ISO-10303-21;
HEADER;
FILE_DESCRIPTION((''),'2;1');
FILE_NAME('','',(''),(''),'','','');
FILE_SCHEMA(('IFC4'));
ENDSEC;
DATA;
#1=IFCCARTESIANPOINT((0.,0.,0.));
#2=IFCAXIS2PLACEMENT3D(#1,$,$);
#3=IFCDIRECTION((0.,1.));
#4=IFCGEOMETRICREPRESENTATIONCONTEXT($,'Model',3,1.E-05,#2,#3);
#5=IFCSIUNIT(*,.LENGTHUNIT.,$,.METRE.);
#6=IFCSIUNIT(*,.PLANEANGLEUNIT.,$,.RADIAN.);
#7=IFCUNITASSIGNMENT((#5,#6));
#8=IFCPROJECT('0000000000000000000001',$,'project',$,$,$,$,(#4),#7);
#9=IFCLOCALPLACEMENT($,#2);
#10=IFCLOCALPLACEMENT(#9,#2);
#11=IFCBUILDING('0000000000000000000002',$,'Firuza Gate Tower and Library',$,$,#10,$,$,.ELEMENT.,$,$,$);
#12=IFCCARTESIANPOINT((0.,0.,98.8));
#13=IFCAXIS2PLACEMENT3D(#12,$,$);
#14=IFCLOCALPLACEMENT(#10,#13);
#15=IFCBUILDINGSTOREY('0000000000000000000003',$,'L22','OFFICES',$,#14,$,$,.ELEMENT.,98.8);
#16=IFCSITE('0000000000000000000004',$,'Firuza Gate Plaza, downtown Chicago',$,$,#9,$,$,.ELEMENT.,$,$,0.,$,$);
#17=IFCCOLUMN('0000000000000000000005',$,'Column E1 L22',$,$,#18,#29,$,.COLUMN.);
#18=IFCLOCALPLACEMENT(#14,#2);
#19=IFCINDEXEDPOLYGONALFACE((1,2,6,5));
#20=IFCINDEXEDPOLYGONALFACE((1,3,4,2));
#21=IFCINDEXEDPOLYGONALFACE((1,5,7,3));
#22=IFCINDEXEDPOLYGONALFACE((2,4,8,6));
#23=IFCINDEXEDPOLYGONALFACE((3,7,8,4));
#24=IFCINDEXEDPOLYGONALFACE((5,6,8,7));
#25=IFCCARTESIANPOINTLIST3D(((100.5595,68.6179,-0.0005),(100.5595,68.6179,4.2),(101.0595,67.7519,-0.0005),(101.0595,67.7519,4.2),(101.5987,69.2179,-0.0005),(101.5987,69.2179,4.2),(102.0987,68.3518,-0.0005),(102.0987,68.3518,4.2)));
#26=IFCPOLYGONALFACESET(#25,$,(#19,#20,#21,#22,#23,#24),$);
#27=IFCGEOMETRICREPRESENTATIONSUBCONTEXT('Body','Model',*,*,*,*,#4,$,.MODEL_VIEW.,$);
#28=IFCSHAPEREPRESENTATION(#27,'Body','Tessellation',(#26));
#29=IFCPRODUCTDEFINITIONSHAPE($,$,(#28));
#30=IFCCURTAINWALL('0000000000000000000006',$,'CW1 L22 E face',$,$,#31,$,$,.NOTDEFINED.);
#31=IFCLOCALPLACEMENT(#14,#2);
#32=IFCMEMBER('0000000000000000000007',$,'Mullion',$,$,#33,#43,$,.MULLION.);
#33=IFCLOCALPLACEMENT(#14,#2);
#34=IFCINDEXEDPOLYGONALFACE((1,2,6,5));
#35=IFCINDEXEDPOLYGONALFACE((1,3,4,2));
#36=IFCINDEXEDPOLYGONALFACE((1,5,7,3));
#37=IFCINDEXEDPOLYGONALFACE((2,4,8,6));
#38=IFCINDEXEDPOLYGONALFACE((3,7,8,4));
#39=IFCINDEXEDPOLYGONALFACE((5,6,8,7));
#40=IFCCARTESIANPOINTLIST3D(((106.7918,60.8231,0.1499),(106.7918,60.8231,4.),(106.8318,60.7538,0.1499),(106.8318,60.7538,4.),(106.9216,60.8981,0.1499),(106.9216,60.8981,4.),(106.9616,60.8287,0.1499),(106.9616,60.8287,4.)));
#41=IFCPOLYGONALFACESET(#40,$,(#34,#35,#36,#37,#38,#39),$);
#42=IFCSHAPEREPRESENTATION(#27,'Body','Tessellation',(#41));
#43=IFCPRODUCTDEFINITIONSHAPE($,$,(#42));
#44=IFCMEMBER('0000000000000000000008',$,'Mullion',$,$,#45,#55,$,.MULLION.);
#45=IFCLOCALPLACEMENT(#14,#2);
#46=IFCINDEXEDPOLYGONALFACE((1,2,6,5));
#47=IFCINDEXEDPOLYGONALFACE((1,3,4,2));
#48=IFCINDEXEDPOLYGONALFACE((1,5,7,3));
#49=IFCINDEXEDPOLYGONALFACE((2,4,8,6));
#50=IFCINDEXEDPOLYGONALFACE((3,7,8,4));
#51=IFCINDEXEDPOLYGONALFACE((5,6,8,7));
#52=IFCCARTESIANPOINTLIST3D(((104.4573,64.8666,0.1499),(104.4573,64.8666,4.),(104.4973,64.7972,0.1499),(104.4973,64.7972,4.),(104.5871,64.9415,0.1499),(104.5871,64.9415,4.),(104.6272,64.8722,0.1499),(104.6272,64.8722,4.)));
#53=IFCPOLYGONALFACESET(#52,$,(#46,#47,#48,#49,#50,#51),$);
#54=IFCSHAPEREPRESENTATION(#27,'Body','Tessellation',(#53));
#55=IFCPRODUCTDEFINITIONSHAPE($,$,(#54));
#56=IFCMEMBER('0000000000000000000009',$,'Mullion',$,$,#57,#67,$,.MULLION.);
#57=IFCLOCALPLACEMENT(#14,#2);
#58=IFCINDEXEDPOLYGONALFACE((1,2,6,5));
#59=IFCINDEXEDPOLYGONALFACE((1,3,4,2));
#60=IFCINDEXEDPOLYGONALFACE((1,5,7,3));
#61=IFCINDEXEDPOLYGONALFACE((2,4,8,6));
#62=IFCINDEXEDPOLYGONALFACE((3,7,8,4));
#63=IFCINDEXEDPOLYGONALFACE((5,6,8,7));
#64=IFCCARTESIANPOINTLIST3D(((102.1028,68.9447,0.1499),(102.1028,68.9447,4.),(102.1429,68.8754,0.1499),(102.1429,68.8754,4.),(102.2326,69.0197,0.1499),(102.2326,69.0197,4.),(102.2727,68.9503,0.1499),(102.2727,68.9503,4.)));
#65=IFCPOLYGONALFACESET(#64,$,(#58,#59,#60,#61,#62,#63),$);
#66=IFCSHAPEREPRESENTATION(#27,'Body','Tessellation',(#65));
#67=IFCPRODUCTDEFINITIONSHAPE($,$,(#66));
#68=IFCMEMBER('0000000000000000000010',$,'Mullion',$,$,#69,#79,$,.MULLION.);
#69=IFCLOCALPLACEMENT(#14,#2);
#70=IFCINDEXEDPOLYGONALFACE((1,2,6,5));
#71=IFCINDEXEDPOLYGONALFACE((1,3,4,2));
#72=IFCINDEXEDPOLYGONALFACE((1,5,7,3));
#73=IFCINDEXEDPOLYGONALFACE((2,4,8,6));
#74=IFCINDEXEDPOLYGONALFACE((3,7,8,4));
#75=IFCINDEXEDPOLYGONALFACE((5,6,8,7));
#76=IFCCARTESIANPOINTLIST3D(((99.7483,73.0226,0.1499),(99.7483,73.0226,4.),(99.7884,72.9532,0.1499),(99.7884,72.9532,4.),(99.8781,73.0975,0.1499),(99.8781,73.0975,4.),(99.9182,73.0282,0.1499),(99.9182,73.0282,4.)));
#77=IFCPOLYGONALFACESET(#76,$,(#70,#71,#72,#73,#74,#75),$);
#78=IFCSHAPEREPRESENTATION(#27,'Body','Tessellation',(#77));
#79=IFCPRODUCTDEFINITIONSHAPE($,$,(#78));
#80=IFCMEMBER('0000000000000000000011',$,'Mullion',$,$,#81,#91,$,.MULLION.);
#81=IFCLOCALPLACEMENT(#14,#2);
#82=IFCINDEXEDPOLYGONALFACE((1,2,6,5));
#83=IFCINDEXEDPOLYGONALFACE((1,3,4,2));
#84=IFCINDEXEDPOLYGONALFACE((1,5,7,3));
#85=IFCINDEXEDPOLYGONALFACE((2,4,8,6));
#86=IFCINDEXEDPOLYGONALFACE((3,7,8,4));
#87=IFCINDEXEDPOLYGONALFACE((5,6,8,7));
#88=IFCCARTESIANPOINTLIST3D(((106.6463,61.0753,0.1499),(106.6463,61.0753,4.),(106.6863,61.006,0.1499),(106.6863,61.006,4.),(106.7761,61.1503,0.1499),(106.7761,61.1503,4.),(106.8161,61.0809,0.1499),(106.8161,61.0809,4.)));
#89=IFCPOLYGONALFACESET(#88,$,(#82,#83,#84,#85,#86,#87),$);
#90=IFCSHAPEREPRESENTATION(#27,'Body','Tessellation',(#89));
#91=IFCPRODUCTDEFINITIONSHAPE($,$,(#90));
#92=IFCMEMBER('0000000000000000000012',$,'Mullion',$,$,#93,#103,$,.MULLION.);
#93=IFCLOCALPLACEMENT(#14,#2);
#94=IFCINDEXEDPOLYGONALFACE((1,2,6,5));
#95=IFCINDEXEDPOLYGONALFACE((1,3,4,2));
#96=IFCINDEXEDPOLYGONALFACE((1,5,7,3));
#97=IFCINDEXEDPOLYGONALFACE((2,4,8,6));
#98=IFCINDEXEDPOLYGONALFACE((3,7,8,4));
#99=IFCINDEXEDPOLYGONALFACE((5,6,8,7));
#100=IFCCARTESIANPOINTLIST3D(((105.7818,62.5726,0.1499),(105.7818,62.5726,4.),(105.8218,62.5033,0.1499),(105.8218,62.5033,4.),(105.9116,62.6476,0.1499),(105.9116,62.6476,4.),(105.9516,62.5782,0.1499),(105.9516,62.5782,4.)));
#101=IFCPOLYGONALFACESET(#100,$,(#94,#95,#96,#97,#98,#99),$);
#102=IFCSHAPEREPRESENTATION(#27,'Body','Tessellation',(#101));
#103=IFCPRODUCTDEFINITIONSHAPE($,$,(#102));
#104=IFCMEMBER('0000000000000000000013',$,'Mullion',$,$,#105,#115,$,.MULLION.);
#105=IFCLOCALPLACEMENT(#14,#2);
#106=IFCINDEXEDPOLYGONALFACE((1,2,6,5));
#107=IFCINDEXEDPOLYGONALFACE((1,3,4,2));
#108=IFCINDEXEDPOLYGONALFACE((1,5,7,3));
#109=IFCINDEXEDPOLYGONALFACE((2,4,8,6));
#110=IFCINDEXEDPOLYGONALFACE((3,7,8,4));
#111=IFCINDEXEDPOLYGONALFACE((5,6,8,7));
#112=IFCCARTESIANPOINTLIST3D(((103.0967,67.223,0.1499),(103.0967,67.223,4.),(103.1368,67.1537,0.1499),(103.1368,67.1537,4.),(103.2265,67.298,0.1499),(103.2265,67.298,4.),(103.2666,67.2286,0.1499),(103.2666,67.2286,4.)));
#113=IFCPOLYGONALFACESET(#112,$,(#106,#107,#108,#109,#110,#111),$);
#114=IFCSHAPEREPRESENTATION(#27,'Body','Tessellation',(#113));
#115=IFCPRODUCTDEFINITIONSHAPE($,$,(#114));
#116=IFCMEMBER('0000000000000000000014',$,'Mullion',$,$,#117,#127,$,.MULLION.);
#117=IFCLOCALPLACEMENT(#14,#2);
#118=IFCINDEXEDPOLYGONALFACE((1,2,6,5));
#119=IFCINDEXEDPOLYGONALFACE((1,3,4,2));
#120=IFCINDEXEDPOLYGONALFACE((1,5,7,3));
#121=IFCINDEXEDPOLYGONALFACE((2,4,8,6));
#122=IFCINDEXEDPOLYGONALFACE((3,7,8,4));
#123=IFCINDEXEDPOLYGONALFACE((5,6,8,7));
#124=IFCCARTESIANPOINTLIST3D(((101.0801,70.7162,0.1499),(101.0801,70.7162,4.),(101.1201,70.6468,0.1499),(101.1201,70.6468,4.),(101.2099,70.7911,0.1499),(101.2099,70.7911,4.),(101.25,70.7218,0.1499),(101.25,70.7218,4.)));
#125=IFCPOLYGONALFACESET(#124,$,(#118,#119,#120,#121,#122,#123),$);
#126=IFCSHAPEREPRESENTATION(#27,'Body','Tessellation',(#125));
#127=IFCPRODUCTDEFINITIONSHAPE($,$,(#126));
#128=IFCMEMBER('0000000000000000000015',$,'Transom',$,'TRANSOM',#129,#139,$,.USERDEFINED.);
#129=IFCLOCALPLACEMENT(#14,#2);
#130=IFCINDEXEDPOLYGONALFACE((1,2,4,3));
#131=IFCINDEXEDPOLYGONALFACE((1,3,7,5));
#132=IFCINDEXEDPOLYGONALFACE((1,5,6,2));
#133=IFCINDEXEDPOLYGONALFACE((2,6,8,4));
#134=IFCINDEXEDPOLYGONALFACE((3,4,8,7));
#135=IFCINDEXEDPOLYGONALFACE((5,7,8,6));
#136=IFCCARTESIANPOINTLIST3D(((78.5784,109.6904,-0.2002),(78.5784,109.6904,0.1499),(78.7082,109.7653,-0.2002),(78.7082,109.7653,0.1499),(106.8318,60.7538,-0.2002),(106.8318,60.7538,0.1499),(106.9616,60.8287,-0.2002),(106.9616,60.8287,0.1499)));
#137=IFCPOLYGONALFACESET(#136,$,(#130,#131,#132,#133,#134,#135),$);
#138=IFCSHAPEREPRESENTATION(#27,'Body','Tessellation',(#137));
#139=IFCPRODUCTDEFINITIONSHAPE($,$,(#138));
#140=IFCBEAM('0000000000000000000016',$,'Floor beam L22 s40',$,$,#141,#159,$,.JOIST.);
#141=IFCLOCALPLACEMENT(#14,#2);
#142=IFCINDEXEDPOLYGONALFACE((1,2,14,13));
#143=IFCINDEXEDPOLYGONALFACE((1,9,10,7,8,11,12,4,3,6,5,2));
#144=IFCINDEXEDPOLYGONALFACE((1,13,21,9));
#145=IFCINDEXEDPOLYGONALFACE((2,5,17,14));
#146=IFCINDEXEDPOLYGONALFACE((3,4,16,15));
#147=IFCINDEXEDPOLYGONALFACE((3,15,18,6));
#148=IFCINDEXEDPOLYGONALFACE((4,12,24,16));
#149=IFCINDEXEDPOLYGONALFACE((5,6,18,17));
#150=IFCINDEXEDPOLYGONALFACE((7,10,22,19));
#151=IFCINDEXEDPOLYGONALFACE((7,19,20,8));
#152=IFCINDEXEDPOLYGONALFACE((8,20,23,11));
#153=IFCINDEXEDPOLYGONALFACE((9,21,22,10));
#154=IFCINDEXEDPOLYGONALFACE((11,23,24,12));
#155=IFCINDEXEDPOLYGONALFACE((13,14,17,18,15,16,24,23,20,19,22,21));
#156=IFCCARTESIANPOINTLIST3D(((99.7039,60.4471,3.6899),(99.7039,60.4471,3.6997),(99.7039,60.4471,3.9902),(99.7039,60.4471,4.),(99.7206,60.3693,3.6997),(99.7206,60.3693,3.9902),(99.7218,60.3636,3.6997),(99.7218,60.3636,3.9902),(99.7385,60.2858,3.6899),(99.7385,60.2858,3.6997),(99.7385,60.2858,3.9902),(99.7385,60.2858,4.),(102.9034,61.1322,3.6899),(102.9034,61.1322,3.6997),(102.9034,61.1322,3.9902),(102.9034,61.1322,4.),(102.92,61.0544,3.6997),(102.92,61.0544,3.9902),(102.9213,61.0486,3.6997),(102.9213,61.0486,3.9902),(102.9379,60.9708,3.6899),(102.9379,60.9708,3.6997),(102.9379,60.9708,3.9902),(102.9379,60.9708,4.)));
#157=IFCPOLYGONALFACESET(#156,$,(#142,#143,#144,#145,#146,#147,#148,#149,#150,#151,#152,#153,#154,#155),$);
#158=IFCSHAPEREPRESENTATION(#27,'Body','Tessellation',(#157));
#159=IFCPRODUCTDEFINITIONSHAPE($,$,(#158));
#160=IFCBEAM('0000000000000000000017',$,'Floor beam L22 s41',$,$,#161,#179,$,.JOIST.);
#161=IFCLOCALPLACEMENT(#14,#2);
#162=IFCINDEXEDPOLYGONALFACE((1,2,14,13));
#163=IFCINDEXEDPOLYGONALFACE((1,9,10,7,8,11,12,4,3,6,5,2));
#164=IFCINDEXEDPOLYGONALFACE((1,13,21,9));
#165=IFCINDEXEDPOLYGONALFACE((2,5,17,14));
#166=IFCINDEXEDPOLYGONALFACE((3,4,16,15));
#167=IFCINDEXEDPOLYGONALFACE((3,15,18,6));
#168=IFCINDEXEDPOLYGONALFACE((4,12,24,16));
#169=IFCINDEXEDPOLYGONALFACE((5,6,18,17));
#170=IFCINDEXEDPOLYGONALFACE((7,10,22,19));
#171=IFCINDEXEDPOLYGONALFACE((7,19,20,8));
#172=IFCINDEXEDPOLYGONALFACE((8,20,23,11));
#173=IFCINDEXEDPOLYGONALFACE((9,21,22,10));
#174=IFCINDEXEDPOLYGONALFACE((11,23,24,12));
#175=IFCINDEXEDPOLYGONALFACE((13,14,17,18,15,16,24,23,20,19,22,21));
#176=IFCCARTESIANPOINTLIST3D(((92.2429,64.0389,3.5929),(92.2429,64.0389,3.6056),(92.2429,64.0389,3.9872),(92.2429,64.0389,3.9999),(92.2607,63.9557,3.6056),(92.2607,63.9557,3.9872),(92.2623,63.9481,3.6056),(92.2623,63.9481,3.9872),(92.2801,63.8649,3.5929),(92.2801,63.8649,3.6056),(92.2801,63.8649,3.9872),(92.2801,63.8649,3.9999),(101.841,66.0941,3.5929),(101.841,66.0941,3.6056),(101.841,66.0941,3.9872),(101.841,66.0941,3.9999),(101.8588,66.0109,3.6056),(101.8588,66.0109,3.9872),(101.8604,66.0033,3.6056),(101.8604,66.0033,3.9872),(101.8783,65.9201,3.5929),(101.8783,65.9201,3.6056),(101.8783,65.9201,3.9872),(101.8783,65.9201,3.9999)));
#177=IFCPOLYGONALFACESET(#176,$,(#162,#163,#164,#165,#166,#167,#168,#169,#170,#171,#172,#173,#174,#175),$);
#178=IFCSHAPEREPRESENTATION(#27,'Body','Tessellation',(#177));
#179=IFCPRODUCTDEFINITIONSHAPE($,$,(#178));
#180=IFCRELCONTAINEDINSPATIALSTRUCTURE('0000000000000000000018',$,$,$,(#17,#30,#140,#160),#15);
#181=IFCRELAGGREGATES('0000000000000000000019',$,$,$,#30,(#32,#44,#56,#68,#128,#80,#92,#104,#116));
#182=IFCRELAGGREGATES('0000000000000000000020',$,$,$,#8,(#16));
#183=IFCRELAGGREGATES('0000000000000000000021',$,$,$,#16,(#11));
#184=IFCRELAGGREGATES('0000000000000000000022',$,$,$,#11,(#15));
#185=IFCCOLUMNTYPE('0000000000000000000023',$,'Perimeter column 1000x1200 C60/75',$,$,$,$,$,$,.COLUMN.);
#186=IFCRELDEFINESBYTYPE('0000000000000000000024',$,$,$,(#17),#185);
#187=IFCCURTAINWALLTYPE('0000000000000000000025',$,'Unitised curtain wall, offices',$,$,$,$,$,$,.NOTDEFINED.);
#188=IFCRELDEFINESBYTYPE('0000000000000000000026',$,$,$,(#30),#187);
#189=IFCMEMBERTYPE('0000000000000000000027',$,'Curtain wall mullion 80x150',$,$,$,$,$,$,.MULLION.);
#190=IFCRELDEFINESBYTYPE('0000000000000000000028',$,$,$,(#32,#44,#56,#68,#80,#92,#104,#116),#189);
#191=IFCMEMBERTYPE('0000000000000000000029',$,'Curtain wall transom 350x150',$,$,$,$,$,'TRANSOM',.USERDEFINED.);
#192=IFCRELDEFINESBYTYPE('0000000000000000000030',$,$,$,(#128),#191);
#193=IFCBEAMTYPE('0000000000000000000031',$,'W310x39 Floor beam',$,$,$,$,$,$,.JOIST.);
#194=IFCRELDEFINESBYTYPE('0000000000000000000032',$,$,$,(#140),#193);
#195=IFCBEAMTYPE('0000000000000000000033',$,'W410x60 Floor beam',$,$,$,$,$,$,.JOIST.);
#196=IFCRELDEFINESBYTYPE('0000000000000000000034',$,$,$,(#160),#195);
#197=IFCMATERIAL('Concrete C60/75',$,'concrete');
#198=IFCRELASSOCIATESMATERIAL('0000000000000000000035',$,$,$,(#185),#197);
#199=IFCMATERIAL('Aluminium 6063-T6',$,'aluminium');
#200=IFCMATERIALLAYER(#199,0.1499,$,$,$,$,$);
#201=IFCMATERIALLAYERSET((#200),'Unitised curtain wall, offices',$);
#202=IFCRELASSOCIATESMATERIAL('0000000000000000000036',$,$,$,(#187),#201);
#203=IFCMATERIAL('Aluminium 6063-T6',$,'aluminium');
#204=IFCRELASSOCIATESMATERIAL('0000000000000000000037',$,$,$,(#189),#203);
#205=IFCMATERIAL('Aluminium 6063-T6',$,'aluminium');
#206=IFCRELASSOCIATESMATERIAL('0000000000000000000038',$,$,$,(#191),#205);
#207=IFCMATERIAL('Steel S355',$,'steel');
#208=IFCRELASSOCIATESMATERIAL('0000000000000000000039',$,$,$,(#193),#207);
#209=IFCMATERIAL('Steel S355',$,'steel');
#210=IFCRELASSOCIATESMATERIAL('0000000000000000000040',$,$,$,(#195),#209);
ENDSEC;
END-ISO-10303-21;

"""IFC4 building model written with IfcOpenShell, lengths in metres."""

from ifc_helpers import new_model, si_unit, direction, frame, origin, origin_2d, place, context, subcontext, project, spatial, rectangle, i_section, extrude, material, layer, layer_set, material_profile, profile_set, type_object, element, aggregate, save


model = new_model("IFC4")

# Units and contexts
model_context = context("Model", 3, precision=1e-05, world=origin(), true_north=direction((0.0, 1.0)))
body_context = subcontext(model_context, "Body", "Model", "MODEL_VIEW")
ifc_project = project(units=[si_unit("LENGTHUNIT", "METRE"), si_unit("PLANEANGLEUNIT", "RADIAN")], contexts=[model_context])

# Site, building, storey
site_placement = place(None, origin())
site = spatial("IfcSite", under=ifc_project, at=site_placement, Name="Firuza Gate Plaza, downtown Chicago", CompositionType="ELEMENT", RefElevation=0.0)
building_placement = place(site_placement, origin())
building = spatial("IfcBuilding", under=site, at=building_placement, Name="Firuza Gate Tower and Library", CompositionType="ELEMENT")
storey_placement = place(building_placement, frame((0.0, 0.0, 98.8)))
storey = spatial("IfcBuildingStorey", under=building, at=storey_placement, Name="L22", Description="OFFICES", CompositionType="ELEMENT", Elevation=98.8)

# Column
ifc_material_1 = material(Name="Concrete C60/75", Category="concrete")
ifc_material_profile_1 = material_profile(ifc_material_1, rectangle(XDim=1.0, YDim=1.2, at=origin_2d()))
ifc_profile_set_1 = profile_set([ifc_material_profile_1], Name="Concrete C60/75")
column_type = type_object("IfcColumnType", Name="Perimeter column 1000x1200 C60/75", PredefinedType="COLUMN", material=ifc_profile_set_1)
column_placement = place(storey_placement, frame((101.3291, 68.4849, -0.0005), z_axis=(0.0, 0.0, 1.0), x_axis=(-0.5, 0.866025, 0.0)))
element("IfcColumn", 1, at=column_placement, inside=storey, type_object=column_type, Name="Column E1 L22", PredefinedType="COLUMN", context=body_context, shape_type="SweptSolid", body=[
    extrude(rectangle(XDim=1.0, YDim=1.2, at=origin_2d()), origin(), (0.0, 0.0, 1.0), 4.2004),
])

# Curtain wall, members
ifc_material_2 = material(Name="Aluminium 6063-T6", Category="aluminium")
ifc_layer_1 = layer(ifc_material_2, 0.1499)
ifc_layer_set_1 = layer_set([ifc_layer_1], Name="Unitised curtain wall, offices")
curtain_wall_type = type_object("IfcCurtainWallType", Name="Unitised curtain wall, offices", PredefinedType="NOTDEFINED", material=ifc_layer_set_1)
curtain_wall_placement = place(storey_placement, origin())
curtain_wall = element("IfcCurtainWall", 2, at=curtain_wall_placement, inside=storey, type_object=curtain_wall_type, Name="CW1 L22 E face", PredefinedType="NOTDEFINED")
ifc_material_3 = material(Name="Aluminium 6063-T6", Category="aluminium")
ifc_material_profile_2 = material_profile(ifc_material_3, rectangle(XDim=0.1499, YDim=0.0801, at=origin_2d()))
ifc_profile_set_2 = profile_set([ifc_material_profile_2], Name="Aluminium 6063-T6")
member_type_1 = type_object("IfcMemberType", Name="Curtain wall mullion 80x150", PredefinedType="MULLION", material=ifc_profile_set_2)
member_1_placement = place(storey_placement, frame((106.8767, 60.8259, 0.1499), z_axis=(0.0, 0.0, 1.0), x_axis=(-0.866025, -0.5, 0.0)))
member_1 = element("IfcMember", 3, at=member_1_placement, type_object=member_type_1, Name="Mullion", PredefinedType="MULLION", context=body_context, shape_type="SweptSolid", body=[
    extrude(rectangle(XDim=0.1499, YDim=0.0801, at=origin_2d()), origin(), (0.0, 0.0, 1.0), 3.8501),
])
member_2_placement = place(storey_placement, frame((104.5422, 64.8694, 0.1499), z_axis=(0.0, 0.0, 1.0), x_axis=(-0.866025, -0.5, 0.0)))
member_2 = element("IfcMember", 4, at=member_2_placement, type_object=member_type_1, Name="Mullion", PredefinedType="MULLION", context=body_context, shape_type="SweptSolid", body=[
    extrude(rectangle(XDim=0.1499, YDim=0.0801, at=origin_2d()), origin(), (0.0, 0.0, 1.0), 3.8501),
])
member_3_placement = place(storey_placement, frame((102.1877, 68.9475, 0.1499), z_axis=(0.0, 0.0, 1.0), x_axis=(-0.866025, -0.5, 0.0)))
member_3 = element("IfcMember", 5, at=member_3_placement, type_object=member_type_1, Name="Mullion", PredefinedType="MULLION", context=body_context, shape_type="SweptSolid", body=[
    extrude(rectangle(XDim=0.1499, YDim=0.0801, at=origin_2d()), origin(), (0.0, 0.0, 1.0), 3.8501),
])
member_4_placement = place(storey_placement, frame((99.8333, 73.0254, 0.1499), z_axis=(0.0, 0.0, 1.0), x_axis=(-0.866025, -0.5, 0.0)))
member_4 = element("IfcMember", 6, at=member_4_placement, type_object=member_type_1, Name="Mullion", PredefinedType="MULLION", context=body_context, shape_type="SweptSolid", body=[
    extrude(rectangle(XDim=0.1499, YDim=0.0801, at=origin_2d()), origin(), (0.0, 0.0, 1.0), 3.8501),
])
member_5_placement = place(storey_placement, frame((106.7312, 61.0781, 0.1499), z_axis=(0.0, 0.0, 1.0), x_axis=(-0.866025, -0.5, 0.0)))
member_5 = element("IfcMember", 7, at=member_5_placement, type_object=member_type_1, Name="Mullion", PredefinedType="MULLION", context=body_context, shape_type="SweptSolid", body=[
    extrude(rectangle(XDim=0.1499, YDim=0.0801, at=origin_2d()), origin(), (0.0, 0.0, 1.0), 3.8501),
])
member_6_placement = place(storey_placement, frame((105.8667, 62.5754, 0.1499), z_axis=(0.0, 0.0, 1.0), x_axis=(-0.866025, -0.5, 0.0)))
member_6 = element("IfcMember", 8, at=member_6_placement, type_object=member_type_1, Name="Mullion", PredefinedType="MULLION", context=body_context, shape_type="SweptSolid", body=[
    extrude(rectangle(XDim=0.1499, YDim=0.0801, at=origin_2d()), origin(), (0.0, 0.0, 1.0), 3.8501),
])
member_7_placement = place(storey_placement, frame((103.1816, 67.2258, 0.1499), z_axis=(0.0, 0.0, 1.0), x_axis=(-0.866025, -0.5, 0.0)))
member_7 = element("IfcMember", 9, at=member_7_placement, type_object=member_type_1, Name="Mullion", PredefinedType="MULLION", context=body_context, shape_type="SweptSolid", body=[
    extrude(rectangle(XDim=0.1499, YDim=0.0801, at=origin_2d()), origin(), (0.0, 0.0, 1.0), 3.8501),
])
member_8_placement = place(storey_placement, frame((101.165, 70.719, 0.1499), z_axis=(0.0, 0.0, 1.0), x_axis=(-0.866025, -0.5, 0.0)))
member_8 = element("IfcMember", 10, at=member_8_placement, type_object=member_type_1, Name="Mullion", PredefinedType="MULLION", context=body_context, shape_type="SweptSolid", body=[
    extrude(rectangle(XDim=0.1499, YDim=0.0801, at=origin_2d()), origin(), (0.0, 0.0, 1.0), 3.8501),
])
ifc_material_4 = material(Name="Aluminium 6063-T6", Category="aluminium")
ifc_material_profile_3 = material_profile(ifc_material_4, rectangle(XDim=0.1499, YDim=0.3501, at=origin_2d()))
ifc_profile_set_3 = profile_set([ifc_material_profile_3], Name="Aluminium 6063-T6")
member_type_2 = type_object("IfcMemberType", Name="Curtain wall transom 350x150", ElementType="TRANSOM", PredefinedType="USERDEFINED", material=ifc_profile_set_3)
member_9_placement = place(storey_placement, frame((106.8967, 60.7913, -0.0251), z_axis=(-0.499999, 0.866026, 0.0), x_axis=(-0.866026, -0.499999, 0.0)))
member_9 = element("IfcMember", 11, at=member_9_placement, type_object=member_type_2, Name="Transom", ObjectType="TRANSOM", PredefinedType="USERDEFINED", context=body_context, shape_type="SweptSolid", body=[
    extrude(rectangle(XDim=0.1499, YDim=0.3501, at=origin_2d()), origin(), (0.0, 0.0, 1.0), 56.5071),
])

# Beams
ifc_material_5 = material(Name="Steel S355", Category="steel")
ifc_material_profile_4 = material_profile(ifc_material_5, i_section(OverallWidth=0.165, OverallDepth=0.3101, WebThickness=0.0059, FlangeThickness=0.0098, at=origin_2d()))
ifc_profile_set_4 = profile_set([ifc_material_profile_4], Name="Steel S355")
beam_type_1 = type_object("IfcBeamType", Name="W310x39 Floor beam", PredefinedType="JOIST", material=ifc_profile_set_4)
beam_1_placement = place(storey_placement, frame((102.9207, 61.0515, 3.845), z_axis=(-0.977836, -0.209371, 0.0), x_axis=(0.209371, -0.977836, 0.0)))
element("IfcBeam", 12, at=beam_1_placement, inside=storey, type_object=beam_type_1, Name="Floor beam L22 s40", PredefinedType="JOIST", context=body_context, shape_type="SweptSolid", body=[
    extrude(i_section(OverallWidth=0.165, OverallDepth=0.3101, WebThickness=0.0059, FlangeThickness=0.0098, at=origin_2d()), origin(), (0.0, 0.0, 1.0), 3.272),
])
ifc_material_6 = material(Name="Steel S355", Category="steel")
ifc_material_profile_5 = material_profile(ifc_material_6, i_section(OverallWidth=0.178, OverallDepth=0.407, WebThickness=0.0078, FlangeThickness=0.0127, at=origin_2d()))
ifc_profile_set_5 = profile_set([ifc_material_profile_5], Name="Steel S355")
beam_type_2 = type_object("IfcBeamType", Name="W410x60 Floor beam", PredefinedType="JOIST", material=ifc_profile_set_5)
beam_2_placement = place(storey_placement, frame((101.8596, 66.0071, 3.7964), z_axis=(-0.977835, -0.209376, 0.0), x_axis=(0.209376, -0.977835, 0.0)))
element("IfcBeam", 13, at=beam_2_placement, inside=storey, type_object=beam_type_2, Name="Floor beam L22 s41", PredefinedType="JOIST", context=body_context, shape_type="SweptSolid", body=[
    extrude(i_section(OverallWidth=0.178, OverallDepth=0.407, WebThickness=0.0078, FlangeThickness=0.0127, at=origin_2d()), origin(), (0.0, 0.0, 1.0), 9.8157),
])

aggregate(curtain_wall, [member_1, member_2, member_3, member_4, member_9, member_5, member_6, member_7, member_8])

save(model, "model.ifc")
